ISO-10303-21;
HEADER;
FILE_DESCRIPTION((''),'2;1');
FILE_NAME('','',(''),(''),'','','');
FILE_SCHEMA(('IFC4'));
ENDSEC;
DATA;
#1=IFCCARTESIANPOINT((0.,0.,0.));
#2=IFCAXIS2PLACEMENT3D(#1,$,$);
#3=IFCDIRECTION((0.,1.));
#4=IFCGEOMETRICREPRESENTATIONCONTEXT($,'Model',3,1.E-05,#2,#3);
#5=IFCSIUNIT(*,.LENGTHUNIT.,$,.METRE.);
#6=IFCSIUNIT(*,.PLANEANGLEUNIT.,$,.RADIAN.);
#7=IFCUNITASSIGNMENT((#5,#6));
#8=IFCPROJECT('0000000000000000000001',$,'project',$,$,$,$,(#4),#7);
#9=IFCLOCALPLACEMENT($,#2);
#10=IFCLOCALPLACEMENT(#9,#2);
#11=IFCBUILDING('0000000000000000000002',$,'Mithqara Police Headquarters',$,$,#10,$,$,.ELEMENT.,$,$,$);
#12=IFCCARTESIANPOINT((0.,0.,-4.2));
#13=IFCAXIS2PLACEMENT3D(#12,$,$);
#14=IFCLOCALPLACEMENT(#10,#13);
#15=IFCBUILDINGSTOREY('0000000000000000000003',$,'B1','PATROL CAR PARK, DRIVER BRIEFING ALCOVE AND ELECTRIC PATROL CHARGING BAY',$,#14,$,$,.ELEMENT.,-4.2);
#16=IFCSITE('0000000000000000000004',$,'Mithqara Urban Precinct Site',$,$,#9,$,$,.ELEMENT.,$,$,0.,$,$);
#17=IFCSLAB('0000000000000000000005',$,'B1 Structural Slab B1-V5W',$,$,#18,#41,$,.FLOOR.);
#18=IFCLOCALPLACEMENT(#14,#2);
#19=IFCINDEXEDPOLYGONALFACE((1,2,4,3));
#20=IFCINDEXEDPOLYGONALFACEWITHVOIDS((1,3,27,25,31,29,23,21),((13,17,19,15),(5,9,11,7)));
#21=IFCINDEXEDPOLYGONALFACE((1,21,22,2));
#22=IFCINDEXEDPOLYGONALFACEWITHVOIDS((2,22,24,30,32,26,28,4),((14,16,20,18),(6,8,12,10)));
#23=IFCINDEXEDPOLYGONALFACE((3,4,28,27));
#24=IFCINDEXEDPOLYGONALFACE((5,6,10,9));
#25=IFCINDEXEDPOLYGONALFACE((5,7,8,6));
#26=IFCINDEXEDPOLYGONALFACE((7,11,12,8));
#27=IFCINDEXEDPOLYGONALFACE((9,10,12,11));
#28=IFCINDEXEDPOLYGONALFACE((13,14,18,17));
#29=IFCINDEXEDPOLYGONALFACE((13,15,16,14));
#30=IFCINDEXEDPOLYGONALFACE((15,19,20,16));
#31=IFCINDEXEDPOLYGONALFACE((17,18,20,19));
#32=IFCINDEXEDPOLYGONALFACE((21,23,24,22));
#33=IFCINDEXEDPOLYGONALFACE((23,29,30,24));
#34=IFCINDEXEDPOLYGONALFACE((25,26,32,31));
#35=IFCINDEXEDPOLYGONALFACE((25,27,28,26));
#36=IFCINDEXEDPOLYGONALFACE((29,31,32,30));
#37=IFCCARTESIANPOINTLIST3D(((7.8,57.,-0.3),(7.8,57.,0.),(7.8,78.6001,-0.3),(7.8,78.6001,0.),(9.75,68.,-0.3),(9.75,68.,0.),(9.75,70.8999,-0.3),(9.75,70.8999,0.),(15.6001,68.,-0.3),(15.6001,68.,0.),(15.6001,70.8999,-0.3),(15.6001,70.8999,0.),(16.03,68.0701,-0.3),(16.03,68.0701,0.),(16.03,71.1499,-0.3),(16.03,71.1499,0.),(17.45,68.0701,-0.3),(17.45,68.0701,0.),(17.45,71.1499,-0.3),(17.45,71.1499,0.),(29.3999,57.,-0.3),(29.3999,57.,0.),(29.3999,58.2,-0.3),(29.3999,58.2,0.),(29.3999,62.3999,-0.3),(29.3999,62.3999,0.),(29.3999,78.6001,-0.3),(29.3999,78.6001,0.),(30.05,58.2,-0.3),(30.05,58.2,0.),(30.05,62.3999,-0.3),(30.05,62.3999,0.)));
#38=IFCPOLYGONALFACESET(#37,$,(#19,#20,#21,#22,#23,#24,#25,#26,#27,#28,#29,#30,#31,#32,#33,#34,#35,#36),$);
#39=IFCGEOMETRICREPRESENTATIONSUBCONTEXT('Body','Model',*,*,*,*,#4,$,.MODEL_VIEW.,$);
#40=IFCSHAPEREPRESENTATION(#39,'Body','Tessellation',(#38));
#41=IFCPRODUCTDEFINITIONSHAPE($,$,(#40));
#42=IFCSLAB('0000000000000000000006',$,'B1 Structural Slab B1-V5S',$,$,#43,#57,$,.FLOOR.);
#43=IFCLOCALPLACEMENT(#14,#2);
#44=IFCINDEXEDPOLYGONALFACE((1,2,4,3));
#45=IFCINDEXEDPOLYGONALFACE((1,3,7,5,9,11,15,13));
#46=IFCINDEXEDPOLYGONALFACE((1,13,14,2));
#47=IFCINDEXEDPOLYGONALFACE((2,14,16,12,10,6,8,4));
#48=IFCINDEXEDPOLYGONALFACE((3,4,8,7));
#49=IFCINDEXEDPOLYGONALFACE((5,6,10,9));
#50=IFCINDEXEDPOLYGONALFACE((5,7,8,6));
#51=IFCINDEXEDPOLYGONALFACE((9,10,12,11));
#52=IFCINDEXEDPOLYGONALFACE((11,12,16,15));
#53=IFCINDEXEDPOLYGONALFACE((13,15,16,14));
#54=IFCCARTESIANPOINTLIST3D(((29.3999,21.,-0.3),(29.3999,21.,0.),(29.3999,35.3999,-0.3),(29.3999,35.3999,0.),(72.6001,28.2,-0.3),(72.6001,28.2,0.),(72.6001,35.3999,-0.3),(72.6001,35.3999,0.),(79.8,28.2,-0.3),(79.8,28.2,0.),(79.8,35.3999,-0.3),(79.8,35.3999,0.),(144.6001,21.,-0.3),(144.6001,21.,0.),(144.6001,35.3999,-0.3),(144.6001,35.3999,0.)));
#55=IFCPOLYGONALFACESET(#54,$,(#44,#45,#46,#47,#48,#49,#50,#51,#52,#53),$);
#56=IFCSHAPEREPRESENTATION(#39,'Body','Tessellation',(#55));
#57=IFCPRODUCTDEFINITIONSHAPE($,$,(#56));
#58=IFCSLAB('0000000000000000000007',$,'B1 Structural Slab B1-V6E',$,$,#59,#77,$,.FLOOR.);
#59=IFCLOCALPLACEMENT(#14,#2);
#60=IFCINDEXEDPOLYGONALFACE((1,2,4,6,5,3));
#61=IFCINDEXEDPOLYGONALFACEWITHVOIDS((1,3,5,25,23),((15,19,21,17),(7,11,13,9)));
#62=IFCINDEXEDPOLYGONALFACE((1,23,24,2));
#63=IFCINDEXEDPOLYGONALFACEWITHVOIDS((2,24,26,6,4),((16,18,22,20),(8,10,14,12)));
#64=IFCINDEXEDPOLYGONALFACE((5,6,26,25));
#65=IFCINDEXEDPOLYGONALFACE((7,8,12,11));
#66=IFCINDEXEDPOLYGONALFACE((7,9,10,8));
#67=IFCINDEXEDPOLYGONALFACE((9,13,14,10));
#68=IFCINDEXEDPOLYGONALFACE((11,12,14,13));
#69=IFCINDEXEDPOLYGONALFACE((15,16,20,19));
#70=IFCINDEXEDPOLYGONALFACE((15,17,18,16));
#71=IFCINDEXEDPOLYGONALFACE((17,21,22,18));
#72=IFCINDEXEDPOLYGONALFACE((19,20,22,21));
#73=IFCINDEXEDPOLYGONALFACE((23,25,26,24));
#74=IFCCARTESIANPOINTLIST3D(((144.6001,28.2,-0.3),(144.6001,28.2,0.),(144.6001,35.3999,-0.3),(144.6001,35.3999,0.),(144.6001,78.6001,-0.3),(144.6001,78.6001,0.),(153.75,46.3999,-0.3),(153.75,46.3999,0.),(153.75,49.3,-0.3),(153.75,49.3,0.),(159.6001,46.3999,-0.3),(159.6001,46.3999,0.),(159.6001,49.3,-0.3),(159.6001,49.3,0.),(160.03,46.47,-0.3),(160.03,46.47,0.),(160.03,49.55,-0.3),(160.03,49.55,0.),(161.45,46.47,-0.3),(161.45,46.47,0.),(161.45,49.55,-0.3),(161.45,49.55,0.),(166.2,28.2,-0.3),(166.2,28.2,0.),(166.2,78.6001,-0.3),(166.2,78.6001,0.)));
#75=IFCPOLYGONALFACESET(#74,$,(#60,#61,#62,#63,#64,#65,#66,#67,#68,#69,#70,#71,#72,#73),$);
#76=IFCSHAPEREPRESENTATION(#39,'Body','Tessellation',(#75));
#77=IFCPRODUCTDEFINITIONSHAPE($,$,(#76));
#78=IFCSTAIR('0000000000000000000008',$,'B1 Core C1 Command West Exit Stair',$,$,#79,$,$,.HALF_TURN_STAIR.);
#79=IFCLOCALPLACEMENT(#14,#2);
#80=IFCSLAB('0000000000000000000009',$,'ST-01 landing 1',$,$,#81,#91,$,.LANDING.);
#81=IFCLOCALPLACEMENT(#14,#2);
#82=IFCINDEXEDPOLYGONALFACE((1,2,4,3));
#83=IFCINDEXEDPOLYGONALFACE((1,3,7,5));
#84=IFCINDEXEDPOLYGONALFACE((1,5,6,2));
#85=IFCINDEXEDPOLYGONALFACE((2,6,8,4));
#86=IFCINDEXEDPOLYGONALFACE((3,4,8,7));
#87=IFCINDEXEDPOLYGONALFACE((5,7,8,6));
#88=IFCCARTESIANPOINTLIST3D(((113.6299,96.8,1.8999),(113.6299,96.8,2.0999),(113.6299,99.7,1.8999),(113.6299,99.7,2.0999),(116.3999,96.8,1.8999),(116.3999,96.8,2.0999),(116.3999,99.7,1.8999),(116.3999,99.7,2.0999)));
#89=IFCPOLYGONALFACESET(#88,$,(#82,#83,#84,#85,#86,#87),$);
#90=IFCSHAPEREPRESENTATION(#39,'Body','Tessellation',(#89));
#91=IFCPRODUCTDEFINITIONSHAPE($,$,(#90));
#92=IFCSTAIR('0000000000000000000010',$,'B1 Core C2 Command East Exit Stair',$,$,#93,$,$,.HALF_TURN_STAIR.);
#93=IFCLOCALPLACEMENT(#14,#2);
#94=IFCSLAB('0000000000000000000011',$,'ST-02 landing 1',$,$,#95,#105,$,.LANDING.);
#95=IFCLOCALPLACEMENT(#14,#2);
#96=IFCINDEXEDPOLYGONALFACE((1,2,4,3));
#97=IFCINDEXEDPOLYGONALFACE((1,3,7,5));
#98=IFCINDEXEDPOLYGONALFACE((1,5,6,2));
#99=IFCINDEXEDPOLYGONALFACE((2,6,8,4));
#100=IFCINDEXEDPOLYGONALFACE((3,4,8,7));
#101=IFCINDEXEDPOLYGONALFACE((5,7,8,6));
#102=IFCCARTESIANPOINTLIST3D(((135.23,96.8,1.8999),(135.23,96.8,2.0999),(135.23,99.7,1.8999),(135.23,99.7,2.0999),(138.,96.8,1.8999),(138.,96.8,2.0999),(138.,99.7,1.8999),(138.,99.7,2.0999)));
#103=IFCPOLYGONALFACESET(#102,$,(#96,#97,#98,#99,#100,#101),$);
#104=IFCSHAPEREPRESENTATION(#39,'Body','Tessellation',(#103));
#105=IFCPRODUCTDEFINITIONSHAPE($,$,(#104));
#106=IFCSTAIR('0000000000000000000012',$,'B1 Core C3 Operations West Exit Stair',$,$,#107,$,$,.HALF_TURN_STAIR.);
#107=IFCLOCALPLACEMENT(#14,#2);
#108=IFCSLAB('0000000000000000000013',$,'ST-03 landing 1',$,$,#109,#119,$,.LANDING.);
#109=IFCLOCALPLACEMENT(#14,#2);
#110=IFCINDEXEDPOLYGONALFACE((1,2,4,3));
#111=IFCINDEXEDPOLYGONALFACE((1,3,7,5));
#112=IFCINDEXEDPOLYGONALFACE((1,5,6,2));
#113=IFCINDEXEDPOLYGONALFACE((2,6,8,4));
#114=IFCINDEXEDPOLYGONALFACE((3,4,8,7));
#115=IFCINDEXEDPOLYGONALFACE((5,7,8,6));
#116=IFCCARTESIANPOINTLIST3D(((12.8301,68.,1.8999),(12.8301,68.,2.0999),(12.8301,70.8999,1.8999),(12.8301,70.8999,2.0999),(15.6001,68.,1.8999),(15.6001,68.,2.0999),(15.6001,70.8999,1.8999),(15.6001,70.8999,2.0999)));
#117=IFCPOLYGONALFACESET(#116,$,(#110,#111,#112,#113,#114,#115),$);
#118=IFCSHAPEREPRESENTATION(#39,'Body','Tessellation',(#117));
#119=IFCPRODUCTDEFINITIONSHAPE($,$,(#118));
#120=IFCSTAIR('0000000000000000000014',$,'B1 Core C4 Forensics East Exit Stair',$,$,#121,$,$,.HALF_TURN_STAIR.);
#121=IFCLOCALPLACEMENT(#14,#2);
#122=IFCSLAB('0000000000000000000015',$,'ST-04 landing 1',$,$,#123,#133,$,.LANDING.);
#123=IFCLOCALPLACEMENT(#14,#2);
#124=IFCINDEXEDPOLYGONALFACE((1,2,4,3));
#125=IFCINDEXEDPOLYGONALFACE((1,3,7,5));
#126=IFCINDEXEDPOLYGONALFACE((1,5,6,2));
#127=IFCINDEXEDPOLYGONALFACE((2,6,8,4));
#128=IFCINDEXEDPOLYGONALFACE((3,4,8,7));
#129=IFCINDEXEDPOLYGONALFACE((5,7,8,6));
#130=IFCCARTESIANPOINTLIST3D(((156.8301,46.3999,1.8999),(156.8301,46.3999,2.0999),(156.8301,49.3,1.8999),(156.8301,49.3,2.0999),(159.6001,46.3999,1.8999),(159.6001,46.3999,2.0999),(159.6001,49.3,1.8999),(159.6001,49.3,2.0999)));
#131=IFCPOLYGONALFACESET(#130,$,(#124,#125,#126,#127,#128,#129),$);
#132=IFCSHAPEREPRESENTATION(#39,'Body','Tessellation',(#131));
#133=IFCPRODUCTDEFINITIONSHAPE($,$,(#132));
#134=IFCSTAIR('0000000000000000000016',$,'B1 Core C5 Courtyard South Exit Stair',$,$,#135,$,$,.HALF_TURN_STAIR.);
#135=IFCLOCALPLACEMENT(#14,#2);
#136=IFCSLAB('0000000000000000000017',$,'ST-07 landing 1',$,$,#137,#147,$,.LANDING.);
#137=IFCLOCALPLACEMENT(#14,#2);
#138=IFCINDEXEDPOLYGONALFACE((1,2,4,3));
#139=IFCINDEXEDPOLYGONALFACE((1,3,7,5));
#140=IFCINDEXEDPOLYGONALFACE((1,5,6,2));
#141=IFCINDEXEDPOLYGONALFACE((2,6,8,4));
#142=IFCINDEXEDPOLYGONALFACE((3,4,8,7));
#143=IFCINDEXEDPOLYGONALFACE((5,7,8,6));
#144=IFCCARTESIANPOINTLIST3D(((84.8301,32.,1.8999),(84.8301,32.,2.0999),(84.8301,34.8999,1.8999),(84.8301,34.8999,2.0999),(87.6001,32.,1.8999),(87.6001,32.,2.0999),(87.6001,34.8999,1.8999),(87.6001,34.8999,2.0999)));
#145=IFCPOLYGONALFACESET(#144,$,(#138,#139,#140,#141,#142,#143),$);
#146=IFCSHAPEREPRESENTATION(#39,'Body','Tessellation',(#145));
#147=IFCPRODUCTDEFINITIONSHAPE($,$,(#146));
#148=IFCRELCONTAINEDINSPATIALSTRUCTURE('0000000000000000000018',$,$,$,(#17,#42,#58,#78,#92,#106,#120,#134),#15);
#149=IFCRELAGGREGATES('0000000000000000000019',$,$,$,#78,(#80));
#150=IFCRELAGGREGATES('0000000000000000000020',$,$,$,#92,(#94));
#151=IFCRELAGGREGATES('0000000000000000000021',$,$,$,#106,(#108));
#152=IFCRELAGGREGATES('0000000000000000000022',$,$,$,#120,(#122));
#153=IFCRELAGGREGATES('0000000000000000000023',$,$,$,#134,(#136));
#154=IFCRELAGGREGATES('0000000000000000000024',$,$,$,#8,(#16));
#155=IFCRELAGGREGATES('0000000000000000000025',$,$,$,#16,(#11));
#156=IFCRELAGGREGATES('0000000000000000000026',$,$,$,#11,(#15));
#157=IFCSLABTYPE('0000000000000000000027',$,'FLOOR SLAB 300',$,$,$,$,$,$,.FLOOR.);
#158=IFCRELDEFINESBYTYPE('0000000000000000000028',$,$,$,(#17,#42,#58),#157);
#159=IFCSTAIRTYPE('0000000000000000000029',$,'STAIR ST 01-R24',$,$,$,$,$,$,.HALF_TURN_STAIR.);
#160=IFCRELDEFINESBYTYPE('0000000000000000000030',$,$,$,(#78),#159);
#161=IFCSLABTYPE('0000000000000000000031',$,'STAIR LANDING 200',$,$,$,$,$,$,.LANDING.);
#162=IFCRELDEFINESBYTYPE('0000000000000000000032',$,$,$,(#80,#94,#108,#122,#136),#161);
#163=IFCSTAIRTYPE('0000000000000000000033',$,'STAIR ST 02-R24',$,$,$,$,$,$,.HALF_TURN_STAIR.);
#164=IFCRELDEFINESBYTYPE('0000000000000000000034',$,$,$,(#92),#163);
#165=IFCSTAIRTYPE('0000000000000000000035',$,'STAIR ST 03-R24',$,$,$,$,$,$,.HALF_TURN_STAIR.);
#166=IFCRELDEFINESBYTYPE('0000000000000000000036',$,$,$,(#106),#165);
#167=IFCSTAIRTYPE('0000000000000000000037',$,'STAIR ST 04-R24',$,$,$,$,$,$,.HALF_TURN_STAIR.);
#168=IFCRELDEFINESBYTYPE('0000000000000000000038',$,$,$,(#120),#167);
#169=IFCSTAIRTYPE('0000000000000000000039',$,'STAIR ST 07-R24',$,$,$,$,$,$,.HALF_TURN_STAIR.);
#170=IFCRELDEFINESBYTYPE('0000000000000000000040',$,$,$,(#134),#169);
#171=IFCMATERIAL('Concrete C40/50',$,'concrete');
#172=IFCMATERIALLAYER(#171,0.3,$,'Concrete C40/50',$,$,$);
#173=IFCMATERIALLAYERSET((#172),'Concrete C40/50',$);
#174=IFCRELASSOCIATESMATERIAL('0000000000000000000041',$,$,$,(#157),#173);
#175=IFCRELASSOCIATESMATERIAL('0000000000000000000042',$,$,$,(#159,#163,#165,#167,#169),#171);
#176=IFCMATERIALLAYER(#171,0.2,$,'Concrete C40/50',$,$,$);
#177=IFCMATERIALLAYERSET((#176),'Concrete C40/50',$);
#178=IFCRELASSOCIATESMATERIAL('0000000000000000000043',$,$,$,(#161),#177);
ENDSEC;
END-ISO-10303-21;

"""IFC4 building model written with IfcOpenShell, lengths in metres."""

from ifc_helpers import new_model, si_unit, direction, frame, origin, place, context, subcontext, project, spatial, polyline, outline, extrude, material, layer, layer_set, type_object, element, aggregate, save


model = new_model("IFC4")

# Units and contexts
model_context = context("Model", 3, precision=1e-05, world=origin(), true_north=direction((0.0, 1.0)))
body_context = subcontext(model_context, "Body", "Model", "MODEL_VIEW")
ifc_project = project(units=[si_unit("LENGTHUNIT", "METRE"), si_unit("PLANEANGLEUNIT", "RADIAN")], contexts=[model_context])

# Site, building, storey
site_placement = place(None, origin())
site = spatial("IfcSite", under=ifc_project, at=site_placement, Name="Mithqara Urban Precinct Site", CompositionType="ELEMENT", RefElevation=0.0)
building_placement = place(site_placement, origin())
building = spatial("IfcBuilding", under=site, at=building_placement, Name="Mithqara Police Headquarters", CompositionType="ELEMENT")
storey_placement = place(building_placement, frame((0.0, 0.0, -4.2)))
storey = spatial("IfcBuildingStorey", under=building, at=storey_placement, Name="B1", Description="PATROL CAR PARK, DRIVER BRIEFING ALCOVE AND ELECTRIC PATROL CHARGING BAY", CompositionType="ELEMENT", Elevation=-4.2)

# Shared definitions
ifc_material_1 = material(Name="Concrete C40/50", Category="concrete")

# Slabs
ifc_layer_1 = layer(ifc_material_1, 0.3, Name="Concrete C40/50")
ifc_layer_set_1 = layer_set([ifc_layer_1], Name="Concrete C40/50")
slab_type_1 = type_object("IfcSlabType", Name="FLOOR SLAB 300", PredefinedType="FLOOR", material=ifc_layer_set_1)
slab_1_placement = place(storey_placement, frame((0.0, 0.0, -0.3)))
element("IfcSlab", 1, at=slab_1_placement, inside=storey, type_object=slab_type_1, Name="B1 Structural Slab B1-V5W", PredefinedType="FLOOR", context=body_context, shape_type="SweptSolid", body=[
    extrude(outline(polyline([(30.05, 62.3999), (30.05, 58.2), (29.3999, 58.2), (29.3999, 57.0), (7.8, 57.0), (7.8, 78.6001), (29.3999, 78.6001), (29.3999, 62.3999), (30.05, 62.3999)]), holes=[polyline([(9.75, 68.0), (15.6001, 68.0), (15.6001, 70.8999), (9.75, 70.8999), (9.75, 68.0)]), polyline([(17.45, 68.0701), (17.45, 71.1499), (16.03, 71.1499), (16.03, 68.0701), (17.45, 68.0701)])]), origin(), (0.0, 0.0, 1.0), 0.3),
])
slab_2_placement = place(storey_placement, frame((0.0, 0.0, -0.3)))
element("IfcSlab", 2, at=slab_2_placement, inside=storey, type_object=slab_type_1, Name="B1 Structural Slab B1-V5S", PredefinedType="FLOOR", context=body_context, shape_type="SweptSolid", body=[
    extrude(outline(polyline([(144.6001, 35.3999), (144.6001, 21.0), (29.3999, 21.0), (29.3999, 35.3999), (72.6001, 35.3999), (72.6001, 28.2), (79.8, 28.2), (79.8, 35.3999), (144.6001, 35.3999)])), origin(), (0.0, 0.0, 1.0), 0.3),
])
slab_3_placement = place(storey_placement, frame((0.0, 0.0, -0.3)))
element("IfcSlab", 3, at=slab_3_placement, inside=storey, type_object=slab_type_1, Name="B1 Structural Slab B1-V6E", PredefinedType="FLOOR", context=body_context, shape_type="SweptSolid", body=[
    extrude(outline(polyline([(166.2, 28.2), (144.6001, 28.2), (144.6001, 35.3999), (144.6001, 78.6001), (166.2, 78.6001), (166.2, 28.2)]), holes=[polyline([(153.75, 46.3999), (159.6001, 46.3999), (159.6001, 49.3), (153.75, 49.3), (153.75, 46.3999)]), polyline([(161.45, 46.47), (161.45, 49.55), (160.03, 49.55), (160.03, 46.47), (161.45, 46.47)])]), origin(), (0.0, 0.0, 1.0), 0.3),
])

# Stairs, slabs
stair_type_1 = type_object("IfcStairType", Name="STAIR ST 01-R24", PredefinedType="HALF_TURN_STAIR", material=ifc_material_1)
stair_1_placement = place(storey_placement, origin())
stair_1 = element("IfcStair", 4, at=stair_1_placement, inside=storey, type_object=stair_type_1, Name="B1 Core C1 Command West Exit Stair", PredefinedType="HALF_TURN_STAIR")
ifc_layer_2 = layer(ifc_material_1, 0.2, Name="Concrete C40/50")
ifc_layer_set_2 = layer_set([ifc_layer_2], Name="Concrete C40/50")
slab_type_2 = type_object("IfcSlabType", Name="STAIR LANDING 200", PredefinedType="LANDING", material=ifc_layer_set_2)
slab_4_placement = place(storey_placement, frame((0.0, 0.0, 1.8999)))
slab_4 = element("IfcSlab", 5, at=slab_4_placement, type_object=slab_type_2, Name="ST-01 landing 1", PredefinedType="LANDING", context=body_context, shape_type="SweptSolid", body=[
    extrude(outline(polyline([(113.6299, 96.8), (116.3999, 96.8), (116.3999, 99.7), (113.6299, 99.7), (113.6299, 96.8)])), origin(), (0.0, 0.0, 1.0), 0.2),
])
aggregate(stair_1, [slab_4])
stair_type_2 = type_object("IfcStairType", Name="STAIR ST 02-R24", PredefinedType="HALF_TURN_STAIR", material=ifc_material_1)
stair_2_placement = place(storey_placement, origin())
stair_2 = element("IfcStair", 6, at=stair_2_placement, inside=storey, type_object=stair_type_2, Name="B1 Core C2 Command East Exit Stair", PredefinedType="HALF_TURN_STAIR")
slab_5_placement = place(storey_placement, frame((0.0, 0.0, 1.8999)))
slab_5 = element("IfcSlab", 7, at=slab_5_placement, type_object=slab_type_2, Name="ST-02 landing 1", PredefinedType="LANDING", context=body_context, shape_type="SweptSolid", body=[
    extrude(outline(polyline([(135.23, 96.8), (138.0, 96.8), (138.0, 99.7), (135.23, 99.7), (135.23, 96.8)])), origin(), (0.0, 0.0, 1.0), 0.2),
])
aggregate(stair_2, [slab_5])
stair_type_3 = type_object("IfcStairType", Name="STAIR ST 03-R24", PredefinedType="HALF_TURN_STAIR", material=ifc_material_1)
stair_3_placement = place(storey_placement, origin())
stair_3 = element("IfcStair", 8, at=stair_3_placement, inside=storey, type_object=stair_type_3, Name="B1 Core C3 Operations West Exit Stair", PredefinedType="HALF_TURN_STAIR")
slab_6_placement = place(storey_placement, frame((0.0, 0.0, 1.8999)))
slab_6 = element("IfcSlab", 9, at=slab_6_placement, type_object=slab_type_2, Name="ST-03 landing 1", PredefinedType="LANDING", context=body_context, shape_type="SweptSolid", body=[
    extrude(outline(polyline([(12.8301, 68.0), (15.6001, 68.0), (15.6001, 70.8999), (12.8301, 70.8999), (12.8301, 68.0)])), origin(), (0.0, 0.0, 1.0), 0.2),
])
aggregate(stair_3, [slab_6])
stair_type_4 = type_object("IfcStairType", Name="STAIR ST 04-R24", PredefinedType="HALF_TURN_STAIR", material=ifc_material_1)
stair_4_placement = place(storey_placement, origin())
stair_4 = element("IfcStair", 10, at=stair_4_placement, inside=storey, type_object=stair_type_4, Name="B1 Core C4 Forensics East Exit Stair", PredefinedType="HALF_TURN_STAIR")
slab_7_placement = place(storey_placement, frame((0.0, 0.0, 1.8999)))
slab_7 = element("IfcSlab", 11, at=slab_7_placement, type_object=slab_type_2, Name="ST-04 landing 1", PredefinedType="LANDING", context=body_context, shape_type="SweptSolid", body=[
    extrude(outline(polyline([(156.8301, 46.3999), (159.6001, 46.3999), (159.6001, 49.3), (156.8301, 49.3), (156.8301, 46.3999)])), origin(), (0.0, 0.0, 1.0), 0.2),
])
aggregate(stair_4, [slab_7])
stair_type_5 = type_object("IfcStairType", Name="STAIR ST 07-R24", PredefinedType="HALF_TURN_STAIR", material=ifc_material_1)
stair_5_placement = place(storey_placement, origin())
stair_5 = element("IfcStair", 12, at=stair_5_placement, inside=storey, type_object=stair_type_5, Name="B1 Core C5 Courtyard South Exit Stair", PredefinedType="HALF_TURN_STAIR")
slab_8_placement = place(storey_placement, frame((0.0, 0.0, 1.8999)))
slab_8 = element("IfcSlab", 13, at=slab_8_placement, type_object=slab_type_2, Name="ST-07 landing 1", PredefinedType="LANDING", context=body_context, shape_type="SweptSolid", body=[
    extrude(outline(polyline([(84.8301, 32.0), (87.6001, 32.0), (87.6001, 34.8999), (84.8301, 34.8999), (84.8301, 32.0)])), origin(), (0.0, 0.0, 1.0), 0.2),
])
aggregate(stair_5, [slab_8])

save(model, "model.ifc")
